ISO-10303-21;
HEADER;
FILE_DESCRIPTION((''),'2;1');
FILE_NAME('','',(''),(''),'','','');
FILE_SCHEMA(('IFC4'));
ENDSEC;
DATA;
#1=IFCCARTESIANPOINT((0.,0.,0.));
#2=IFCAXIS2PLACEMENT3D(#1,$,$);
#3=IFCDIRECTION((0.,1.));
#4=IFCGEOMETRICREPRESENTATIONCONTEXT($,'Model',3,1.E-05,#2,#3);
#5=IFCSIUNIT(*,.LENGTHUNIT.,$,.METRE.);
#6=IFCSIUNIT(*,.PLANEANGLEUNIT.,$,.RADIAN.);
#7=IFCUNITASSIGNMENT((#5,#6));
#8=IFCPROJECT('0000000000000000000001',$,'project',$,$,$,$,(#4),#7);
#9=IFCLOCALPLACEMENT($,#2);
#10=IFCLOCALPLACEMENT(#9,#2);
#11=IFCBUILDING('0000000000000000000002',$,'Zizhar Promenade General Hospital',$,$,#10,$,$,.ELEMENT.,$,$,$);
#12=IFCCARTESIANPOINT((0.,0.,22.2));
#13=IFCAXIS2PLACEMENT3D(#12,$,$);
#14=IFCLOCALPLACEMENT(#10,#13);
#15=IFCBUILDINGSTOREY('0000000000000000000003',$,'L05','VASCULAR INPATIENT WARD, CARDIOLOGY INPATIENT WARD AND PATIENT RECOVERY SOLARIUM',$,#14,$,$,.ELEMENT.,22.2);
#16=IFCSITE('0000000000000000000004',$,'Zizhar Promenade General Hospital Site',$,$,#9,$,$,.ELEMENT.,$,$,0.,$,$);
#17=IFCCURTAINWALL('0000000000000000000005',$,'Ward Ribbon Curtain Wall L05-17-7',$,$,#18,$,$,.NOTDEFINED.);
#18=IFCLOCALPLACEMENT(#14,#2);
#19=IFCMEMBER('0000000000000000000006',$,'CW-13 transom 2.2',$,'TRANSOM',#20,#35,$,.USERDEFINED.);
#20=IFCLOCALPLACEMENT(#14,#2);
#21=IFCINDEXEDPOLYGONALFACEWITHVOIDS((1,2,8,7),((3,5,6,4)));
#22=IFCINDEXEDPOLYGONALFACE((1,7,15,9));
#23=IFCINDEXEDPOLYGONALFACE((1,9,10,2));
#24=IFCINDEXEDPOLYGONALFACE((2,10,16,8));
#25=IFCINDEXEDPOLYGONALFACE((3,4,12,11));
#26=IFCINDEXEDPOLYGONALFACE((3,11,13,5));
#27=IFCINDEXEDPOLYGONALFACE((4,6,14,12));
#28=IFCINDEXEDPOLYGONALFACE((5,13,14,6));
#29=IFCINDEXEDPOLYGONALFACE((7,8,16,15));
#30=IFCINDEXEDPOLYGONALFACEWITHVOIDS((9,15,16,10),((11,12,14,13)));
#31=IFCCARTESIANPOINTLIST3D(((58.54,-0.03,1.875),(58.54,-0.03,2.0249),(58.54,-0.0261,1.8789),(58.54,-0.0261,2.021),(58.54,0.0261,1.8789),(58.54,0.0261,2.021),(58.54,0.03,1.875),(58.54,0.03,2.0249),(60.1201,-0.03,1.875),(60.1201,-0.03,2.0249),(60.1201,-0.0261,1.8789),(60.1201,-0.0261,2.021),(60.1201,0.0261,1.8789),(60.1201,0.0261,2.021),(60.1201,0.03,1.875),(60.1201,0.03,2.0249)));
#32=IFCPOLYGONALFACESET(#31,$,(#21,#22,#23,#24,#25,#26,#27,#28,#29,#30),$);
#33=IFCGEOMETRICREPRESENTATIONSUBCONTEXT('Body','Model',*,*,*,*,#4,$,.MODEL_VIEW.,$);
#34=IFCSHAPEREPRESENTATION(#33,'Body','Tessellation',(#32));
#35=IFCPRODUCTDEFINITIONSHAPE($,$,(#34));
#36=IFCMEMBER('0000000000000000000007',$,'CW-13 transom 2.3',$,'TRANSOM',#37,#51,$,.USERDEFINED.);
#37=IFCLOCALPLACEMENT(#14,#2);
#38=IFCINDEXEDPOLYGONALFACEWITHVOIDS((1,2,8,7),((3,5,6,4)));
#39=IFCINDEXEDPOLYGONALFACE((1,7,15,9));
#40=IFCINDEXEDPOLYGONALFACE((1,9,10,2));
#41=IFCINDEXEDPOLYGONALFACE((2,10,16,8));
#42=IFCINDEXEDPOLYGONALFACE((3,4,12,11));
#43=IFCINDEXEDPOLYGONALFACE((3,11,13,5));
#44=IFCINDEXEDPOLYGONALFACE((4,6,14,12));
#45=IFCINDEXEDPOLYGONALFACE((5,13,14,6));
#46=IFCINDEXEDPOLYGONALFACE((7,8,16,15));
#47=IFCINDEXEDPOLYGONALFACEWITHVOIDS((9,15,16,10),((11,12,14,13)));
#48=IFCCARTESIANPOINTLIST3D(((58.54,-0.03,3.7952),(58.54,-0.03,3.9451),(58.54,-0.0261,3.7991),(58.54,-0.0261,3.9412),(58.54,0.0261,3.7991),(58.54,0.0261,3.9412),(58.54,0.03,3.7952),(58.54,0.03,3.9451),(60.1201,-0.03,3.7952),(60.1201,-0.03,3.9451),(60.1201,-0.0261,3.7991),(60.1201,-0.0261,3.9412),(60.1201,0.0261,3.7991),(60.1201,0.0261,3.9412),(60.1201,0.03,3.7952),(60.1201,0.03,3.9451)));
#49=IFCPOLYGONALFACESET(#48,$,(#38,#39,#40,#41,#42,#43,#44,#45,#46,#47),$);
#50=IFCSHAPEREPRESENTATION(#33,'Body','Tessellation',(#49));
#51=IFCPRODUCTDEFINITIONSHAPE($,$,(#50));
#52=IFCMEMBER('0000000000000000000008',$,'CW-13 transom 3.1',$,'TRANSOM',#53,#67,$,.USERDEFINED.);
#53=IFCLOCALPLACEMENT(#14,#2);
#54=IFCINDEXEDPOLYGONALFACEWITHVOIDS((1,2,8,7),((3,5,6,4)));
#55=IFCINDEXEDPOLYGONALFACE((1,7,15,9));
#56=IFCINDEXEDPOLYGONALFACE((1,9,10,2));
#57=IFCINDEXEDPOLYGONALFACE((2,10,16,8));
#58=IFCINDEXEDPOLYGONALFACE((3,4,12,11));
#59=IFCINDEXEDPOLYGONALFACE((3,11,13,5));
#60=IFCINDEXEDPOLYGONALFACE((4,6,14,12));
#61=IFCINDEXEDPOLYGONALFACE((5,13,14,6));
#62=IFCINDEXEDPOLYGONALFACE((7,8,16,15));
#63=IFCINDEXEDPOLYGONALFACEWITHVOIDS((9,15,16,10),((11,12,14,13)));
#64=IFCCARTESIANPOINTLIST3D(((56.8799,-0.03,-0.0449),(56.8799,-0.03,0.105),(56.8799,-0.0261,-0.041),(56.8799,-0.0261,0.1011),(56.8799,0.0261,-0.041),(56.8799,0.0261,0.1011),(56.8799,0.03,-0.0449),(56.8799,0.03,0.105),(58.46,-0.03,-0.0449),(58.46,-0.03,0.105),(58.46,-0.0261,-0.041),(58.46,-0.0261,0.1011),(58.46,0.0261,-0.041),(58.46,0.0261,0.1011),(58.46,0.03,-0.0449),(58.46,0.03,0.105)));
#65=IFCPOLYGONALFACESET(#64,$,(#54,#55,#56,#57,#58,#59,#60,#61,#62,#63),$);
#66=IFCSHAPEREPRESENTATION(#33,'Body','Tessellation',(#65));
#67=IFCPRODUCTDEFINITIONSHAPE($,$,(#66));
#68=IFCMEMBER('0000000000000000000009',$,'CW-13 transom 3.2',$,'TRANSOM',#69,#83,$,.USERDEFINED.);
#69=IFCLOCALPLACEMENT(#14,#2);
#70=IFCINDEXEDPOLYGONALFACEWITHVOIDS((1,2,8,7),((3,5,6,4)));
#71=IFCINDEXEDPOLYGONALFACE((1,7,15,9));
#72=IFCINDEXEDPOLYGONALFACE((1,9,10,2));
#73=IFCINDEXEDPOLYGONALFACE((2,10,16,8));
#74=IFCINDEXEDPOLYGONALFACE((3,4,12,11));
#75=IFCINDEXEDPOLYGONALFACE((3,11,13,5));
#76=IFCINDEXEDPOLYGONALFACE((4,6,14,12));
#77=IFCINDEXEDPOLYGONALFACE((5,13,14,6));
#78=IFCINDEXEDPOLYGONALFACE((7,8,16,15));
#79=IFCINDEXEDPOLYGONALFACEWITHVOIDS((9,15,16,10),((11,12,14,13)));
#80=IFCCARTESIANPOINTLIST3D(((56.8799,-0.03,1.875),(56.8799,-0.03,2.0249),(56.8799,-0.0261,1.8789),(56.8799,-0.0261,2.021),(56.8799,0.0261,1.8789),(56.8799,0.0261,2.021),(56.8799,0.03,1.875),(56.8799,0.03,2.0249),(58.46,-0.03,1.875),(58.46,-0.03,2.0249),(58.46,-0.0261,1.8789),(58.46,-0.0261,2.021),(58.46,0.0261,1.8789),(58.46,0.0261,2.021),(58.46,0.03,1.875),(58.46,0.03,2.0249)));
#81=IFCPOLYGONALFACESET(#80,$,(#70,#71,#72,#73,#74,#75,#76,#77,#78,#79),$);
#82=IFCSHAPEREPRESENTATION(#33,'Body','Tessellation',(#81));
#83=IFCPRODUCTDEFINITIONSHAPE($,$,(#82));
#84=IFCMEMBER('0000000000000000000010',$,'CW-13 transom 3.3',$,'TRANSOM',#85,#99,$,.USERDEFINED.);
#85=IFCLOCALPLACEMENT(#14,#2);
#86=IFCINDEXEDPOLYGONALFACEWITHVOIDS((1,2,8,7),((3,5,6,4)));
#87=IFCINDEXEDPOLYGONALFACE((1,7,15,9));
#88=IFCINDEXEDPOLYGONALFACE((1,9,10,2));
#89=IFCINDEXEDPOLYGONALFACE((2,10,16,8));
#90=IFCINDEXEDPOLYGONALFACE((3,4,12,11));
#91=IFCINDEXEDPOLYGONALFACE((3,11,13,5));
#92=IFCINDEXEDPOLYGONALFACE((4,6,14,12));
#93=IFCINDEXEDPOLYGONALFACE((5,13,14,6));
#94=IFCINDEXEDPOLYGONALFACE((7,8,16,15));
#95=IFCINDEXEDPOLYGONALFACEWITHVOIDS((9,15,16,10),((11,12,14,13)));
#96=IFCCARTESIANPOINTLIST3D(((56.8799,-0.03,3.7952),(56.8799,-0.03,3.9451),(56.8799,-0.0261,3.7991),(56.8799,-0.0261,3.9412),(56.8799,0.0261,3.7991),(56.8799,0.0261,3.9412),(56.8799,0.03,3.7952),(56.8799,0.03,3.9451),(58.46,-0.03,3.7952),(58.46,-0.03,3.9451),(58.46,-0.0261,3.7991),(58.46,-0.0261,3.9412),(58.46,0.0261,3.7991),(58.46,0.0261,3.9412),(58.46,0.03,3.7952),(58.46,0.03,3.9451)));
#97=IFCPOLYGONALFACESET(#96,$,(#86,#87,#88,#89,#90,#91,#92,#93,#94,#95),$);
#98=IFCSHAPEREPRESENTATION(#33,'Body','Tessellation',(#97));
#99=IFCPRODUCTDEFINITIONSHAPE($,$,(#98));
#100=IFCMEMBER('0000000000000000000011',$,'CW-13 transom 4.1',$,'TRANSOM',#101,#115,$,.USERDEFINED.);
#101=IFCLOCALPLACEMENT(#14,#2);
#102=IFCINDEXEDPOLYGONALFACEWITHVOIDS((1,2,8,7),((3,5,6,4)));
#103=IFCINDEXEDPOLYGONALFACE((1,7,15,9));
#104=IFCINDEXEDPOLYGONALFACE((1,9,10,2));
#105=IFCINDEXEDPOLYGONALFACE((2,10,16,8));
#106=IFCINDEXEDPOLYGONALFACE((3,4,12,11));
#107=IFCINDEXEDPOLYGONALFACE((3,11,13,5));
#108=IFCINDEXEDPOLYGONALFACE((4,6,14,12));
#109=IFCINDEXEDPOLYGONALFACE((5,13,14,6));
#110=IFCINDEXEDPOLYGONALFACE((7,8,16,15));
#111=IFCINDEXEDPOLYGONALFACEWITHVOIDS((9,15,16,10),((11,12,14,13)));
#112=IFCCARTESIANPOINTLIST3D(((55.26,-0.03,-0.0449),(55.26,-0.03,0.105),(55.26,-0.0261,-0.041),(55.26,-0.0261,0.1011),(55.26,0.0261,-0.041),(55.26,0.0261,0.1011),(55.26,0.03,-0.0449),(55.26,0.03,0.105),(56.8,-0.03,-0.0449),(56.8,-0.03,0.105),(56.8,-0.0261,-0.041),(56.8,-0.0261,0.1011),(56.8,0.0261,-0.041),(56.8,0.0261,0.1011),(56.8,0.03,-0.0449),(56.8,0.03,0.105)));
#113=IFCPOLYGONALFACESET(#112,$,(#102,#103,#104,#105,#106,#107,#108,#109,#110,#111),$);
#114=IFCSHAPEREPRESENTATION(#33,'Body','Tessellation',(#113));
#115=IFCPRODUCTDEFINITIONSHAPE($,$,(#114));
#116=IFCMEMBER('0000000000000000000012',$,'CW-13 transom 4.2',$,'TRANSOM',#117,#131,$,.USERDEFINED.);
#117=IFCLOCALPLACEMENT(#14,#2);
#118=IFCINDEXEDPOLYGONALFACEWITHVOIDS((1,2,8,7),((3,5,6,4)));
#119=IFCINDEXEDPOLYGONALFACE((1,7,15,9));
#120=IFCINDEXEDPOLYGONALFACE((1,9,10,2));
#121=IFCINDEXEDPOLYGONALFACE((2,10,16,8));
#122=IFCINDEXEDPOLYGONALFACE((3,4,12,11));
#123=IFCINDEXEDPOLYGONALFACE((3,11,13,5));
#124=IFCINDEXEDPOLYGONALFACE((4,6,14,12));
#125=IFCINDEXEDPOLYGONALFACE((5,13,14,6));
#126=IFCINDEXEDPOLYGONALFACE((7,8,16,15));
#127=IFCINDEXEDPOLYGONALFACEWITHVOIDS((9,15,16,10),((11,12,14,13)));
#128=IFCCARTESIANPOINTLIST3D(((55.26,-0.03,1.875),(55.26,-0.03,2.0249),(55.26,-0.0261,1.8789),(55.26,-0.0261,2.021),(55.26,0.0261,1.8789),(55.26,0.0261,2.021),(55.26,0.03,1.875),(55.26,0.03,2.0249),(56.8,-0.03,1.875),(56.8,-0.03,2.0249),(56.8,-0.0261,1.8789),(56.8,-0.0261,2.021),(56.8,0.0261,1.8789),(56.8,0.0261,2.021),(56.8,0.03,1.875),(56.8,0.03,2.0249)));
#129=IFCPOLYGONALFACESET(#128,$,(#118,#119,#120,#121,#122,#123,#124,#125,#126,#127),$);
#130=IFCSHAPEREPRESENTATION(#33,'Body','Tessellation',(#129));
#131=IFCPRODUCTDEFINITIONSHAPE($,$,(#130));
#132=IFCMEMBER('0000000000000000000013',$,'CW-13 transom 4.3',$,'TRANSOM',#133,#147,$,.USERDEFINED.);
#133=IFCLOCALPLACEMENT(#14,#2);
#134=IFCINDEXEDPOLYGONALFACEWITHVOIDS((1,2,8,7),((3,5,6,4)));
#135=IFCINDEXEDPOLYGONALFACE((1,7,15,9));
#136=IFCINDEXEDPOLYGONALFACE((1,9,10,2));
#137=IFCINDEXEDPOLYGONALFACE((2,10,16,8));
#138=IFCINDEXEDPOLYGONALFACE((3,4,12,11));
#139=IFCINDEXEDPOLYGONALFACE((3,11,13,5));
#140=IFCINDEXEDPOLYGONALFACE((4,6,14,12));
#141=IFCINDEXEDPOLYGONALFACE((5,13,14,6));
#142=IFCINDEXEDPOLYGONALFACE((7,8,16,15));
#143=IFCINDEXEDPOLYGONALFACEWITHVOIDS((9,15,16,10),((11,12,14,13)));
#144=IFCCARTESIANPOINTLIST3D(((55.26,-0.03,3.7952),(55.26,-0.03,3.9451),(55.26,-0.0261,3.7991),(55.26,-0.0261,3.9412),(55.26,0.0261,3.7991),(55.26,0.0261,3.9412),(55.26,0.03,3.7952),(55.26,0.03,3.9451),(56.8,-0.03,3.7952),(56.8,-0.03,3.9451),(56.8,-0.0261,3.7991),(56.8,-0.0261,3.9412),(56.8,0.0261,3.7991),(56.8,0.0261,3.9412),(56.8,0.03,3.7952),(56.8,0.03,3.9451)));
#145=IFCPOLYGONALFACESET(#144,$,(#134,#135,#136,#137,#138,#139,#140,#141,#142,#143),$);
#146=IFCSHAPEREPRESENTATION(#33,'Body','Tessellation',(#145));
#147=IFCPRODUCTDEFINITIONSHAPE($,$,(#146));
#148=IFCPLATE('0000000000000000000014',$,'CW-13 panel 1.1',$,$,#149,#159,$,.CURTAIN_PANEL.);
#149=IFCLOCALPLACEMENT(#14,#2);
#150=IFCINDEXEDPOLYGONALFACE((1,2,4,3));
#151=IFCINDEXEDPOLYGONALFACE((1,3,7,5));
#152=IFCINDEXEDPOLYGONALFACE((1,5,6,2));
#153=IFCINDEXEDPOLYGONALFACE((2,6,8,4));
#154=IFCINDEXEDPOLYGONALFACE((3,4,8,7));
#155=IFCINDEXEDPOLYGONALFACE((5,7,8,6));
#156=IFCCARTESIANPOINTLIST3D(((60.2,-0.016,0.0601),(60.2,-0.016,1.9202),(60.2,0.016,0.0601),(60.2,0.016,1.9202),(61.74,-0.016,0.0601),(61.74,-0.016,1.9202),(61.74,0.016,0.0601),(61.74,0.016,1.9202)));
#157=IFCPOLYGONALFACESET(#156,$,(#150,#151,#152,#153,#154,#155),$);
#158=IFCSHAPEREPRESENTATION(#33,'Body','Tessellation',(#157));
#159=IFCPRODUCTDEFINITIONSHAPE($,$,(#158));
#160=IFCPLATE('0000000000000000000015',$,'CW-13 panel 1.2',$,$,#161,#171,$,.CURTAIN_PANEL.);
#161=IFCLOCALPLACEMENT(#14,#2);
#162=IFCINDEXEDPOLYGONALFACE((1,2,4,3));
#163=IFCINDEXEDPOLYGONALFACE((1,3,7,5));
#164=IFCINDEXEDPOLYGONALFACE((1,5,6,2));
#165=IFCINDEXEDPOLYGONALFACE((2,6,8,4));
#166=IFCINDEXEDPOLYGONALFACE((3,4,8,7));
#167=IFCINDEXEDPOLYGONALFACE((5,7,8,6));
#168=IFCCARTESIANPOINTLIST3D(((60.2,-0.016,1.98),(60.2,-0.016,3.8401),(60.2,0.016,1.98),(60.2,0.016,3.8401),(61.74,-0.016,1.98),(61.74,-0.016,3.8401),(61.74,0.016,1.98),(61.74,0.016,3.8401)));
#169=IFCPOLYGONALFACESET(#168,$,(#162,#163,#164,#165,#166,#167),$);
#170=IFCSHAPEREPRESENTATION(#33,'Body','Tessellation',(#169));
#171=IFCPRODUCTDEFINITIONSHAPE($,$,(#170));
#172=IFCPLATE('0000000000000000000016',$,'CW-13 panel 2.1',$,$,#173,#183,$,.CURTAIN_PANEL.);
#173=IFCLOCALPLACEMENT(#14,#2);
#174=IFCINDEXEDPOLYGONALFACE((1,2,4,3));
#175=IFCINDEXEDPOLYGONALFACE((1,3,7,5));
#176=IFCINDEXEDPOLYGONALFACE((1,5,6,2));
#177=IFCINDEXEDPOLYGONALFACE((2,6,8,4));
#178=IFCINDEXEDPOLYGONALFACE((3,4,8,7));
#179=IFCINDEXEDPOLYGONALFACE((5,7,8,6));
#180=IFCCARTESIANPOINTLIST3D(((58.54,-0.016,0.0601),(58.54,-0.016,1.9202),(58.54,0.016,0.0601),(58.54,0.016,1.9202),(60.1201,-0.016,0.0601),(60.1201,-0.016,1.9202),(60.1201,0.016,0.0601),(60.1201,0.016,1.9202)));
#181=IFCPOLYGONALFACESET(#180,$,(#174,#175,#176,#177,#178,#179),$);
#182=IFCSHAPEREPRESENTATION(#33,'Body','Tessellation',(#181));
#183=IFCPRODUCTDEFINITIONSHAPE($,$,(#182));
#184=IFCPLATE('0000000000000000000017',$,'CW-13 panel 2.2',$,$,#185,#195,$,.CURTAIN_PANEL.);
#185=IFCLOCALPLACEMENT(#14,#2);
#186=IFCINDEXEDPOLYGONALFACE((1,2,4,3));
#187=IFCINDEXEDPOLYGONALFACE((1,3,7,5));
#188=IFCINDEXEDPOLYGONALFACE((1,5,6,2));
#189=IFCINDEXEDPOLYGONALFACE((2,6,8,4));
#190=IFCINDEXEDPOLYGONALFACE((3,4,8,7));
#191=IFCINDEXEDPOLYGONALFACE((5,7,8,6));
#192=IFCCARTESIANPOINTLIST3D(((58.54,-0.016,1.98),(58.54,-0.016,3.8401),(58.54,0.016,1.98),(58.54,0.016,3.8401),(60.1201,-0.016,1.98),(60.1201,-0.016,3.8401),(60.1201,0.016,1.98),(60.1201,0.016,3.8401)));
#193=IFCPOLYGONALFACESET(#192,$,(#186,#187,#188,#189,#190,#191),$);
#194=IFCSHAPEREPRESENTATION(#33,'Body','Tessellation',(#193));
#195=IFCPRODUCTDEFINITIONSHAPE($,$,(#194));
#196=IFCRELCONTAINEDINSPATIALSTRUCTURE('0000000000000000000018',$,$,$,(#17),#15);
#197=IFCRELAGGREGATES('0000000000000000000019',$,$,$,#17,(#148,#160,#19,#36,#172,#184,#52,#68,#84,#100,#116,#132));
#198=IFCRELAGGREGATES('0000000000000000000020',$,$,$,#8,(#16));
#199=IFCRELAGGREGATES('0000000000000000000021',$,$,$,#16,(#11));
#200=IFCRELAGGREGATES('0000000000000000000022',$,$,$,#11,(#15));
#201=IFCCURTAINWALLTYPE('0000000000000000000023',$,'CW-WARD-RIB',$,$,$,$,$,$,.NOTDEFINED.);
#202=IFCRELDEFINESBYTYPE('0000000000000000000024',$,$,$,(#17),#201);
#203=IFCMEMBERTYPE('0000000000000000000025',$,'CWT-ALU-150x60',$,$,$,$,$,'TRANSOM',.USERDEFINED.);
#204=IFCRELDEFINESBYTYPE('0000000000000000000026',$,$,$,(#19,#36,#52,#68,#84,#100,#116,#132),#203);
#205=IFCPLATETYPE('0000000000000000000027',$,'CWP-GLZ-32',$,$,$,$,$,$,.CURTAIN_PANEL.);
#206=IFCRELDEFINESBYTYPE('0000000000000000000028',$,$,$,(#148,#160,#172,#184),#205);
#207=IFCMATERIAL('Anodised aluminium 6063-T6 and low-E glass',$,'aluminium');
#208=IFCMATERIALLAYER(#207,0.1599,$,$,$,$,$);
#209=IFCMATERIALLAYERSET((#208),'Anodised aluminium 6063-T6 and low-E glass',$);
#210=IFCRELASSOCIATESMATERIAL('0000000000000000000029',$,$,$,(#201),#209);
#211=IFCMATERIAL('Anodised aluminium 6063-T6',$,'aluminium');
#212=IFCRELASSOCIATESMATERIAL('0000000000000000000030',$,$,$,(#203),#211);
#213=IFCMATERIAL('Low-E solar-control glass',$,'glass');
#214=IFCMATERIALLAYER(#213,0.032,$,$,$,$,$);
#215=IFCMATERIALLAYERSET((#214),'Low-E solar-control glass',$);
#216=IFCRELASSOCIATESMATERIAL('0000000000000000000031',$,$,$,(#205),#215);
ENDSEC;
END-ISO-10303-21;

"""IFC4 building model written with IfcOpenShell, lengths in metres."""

from ifc_helpers import new_model, si_unit, direction, frame, origin, origin_2d, place, context, subcontext, project, spatial, rectangle, hollow_rectangle, extrude, material, layer, layer_set, material_profile, profile_set, type_object, element, aggregate, save


model = new_model("IFC4")

# Units and contexts
model_context = context("Model", 3, precision=1e-05, world=origin(), true_north=direction((0.0, 1.0)))
body_context = subcontext(model_context, "Body", "Model", "MODEL_VIEW")
ifc_project = project(units=[si_unit("LENGTHUNIT", "METRE"), si_unit("PLANEANGLEUNIT", "RADIAN")], contexts=[model_context])

# Site, building, storey
site_placement = place(None, origin())
site = spatial("IfcSite", under=ifc_project, at=site_placement, Name="Zizhar Promenade General Hospital Site", CompositionType="ELEMENT", RefElevation=0.0)
building_placement = place(site_placement, origin())
building = spatial("IfcBuilding", under=site, at=building_placement, Name="Zizhar Promenade General Hospital", CompositionType="ELEMENT")
storey_placement = place(building_placement, frame((0.0, 0.0, 22.2)))
storey = spatial("IfcBuildingStorey", under=building, at=storey_placement, Name="L05", Description="VASCULAR INPATIENT WARD, CARDIOLOGY INPATIENT WARD AND PATIENT RECOVERY SOLARIUM", CompositionType="ELEMENT", Elevation=22.2)

# Curtain wall, members, plates
ifc_material_1 = material(Name="Anodised aluminium 6063-T6 and low-E glass", Category="aluminium")
ifc_layer_1 = layer(ifc_material_1, 0.1599)
ifc_layer_set_1 = layer_set([ifc_layer_1], Name="Anodised aluminium 6063-T6 and low-E glass")
curtain_wall_type = type_object("IfcCurtainWallType", Name="CW-WARD-RIB", PredefinedType="NOTDEFINED", material=ifc_layer_set_1)
curtain_wall_placement = place(storey_placement, origin())
curtain_wall = element("IfcCurtainWall", 1, at=curtain_wall_placement, inside=storey, type_object=curtain_wall_type, Name="Ward Ribbon Curtain Wall L05-17-7", PredefinedType="NOTDEFINED")
ifc_material_2 = material(Name="Anodised aluminium 6063-T6", Category="aluminium")
ifc_material_profile_1 = material_profile(ifc_material_2, hollow_rectangle(XDim=0.0601, YDim=0.1499, WallThickness=0.0039, at=origin_2d()))
ifc_profile_set_1 = profile_set([ifc_material_profile_1], Name="Anodised aluminium 6063-T6")
member_type_1 = type_object("IfcMemberType", Name="CWT-ALU-150x60", ElementType="TRANSOM", PredefinedType="USERDEFINED", material=ifc_profile_set_1)
member_1_placement = place(storey_placement, frame((60.1201, 0.0, 1.95), z_axis=(-1.0, 0.0, 0.0), x_axis=(0.0, -1.0, 0.0)))
member_1 = element("IfcMember", 2, at=member_1_placement, type_object=member_type_1, Name="CW-13 transom 2.2", ObjectType="TRANSOM", PredefinedType="USERDEFINED", context=body_context, shape_type="SweptSolid", body=[
    extrude(hollow_rectangle(XDim=0.0601, YDim=0.1499, WallThickness=0.0039, at=origin_2d()), origin(), (0.0, 0.0, 1.0), 1.5801),
])
member_2_placement = place(storey_placement, frame((60.1201, 0.0, 3.8701), z_axis=(-1.0, 0.0, 0.0), x_axis=(0.0, -1.0, 0.0)))
member_2 = element("IfcMember", 3, at=member_2_placement, type_object=member_type_1, Name="CW-13 transom 2.3", ObjectType="TRANSOM", PredefinedType="USERDEFINED", context=body_context, shape_type="SweptSolid", body=[
    extrude(hollow_rectangle(XDim=0.0601, YDim=0.1499, WallThickness=0.0039, at=origin_2d()), origin(), (0.0, 0.0, 1.0), 1.5801),
])
member_3_placement = place(storey_placement, frame((58.46, 0.0, 0.03), z_axis=(-1.0, 0.0, 0.0), x_axis=(0.0, -1.0, 0.0)))
member_3 = element("IfcMember", 4, at=member_3_placement, type_object=member_type_1, Name="CW-13 transom 3.1", ObjectType="TRANSOM", PredefinedType="USERDEFINED", context=body_context, shape_type="SweptSolid", body=[
    extrude(hollow_rectangle(XDim=0.0601, YDim=0.1499, WallThickness=0.0039, at=origin_2d()), origin(), (0.0, 0.0, 1.0), 1.5801),
])
member_4_placement = place(storey_placement, frame((58.46, 0.0, 1.95), z_axis=(-1.0, 0.0, 0.0), x_axis=(0.0, -1.0, 0.0)))
member_4 = element("IfcMember", 5, at=member_4_placement, type_object=member_type_1, Name="CW-13 transom 3.2", ObjectType="TRANSOM", PredefinedType="USERDEFINED", context=body_context, shape_type="SweptSolid", body=[
    extrude(hollow_rectangle(XDim=0.0601, YDim=0.1499, WallThickness=0.0039, at=origin_2d()), origin(), (0.0, 0.0, 1.0), 1.5801),
])
member_5_placement = place(storey_placement, frame((58.46, 0.0, 3.8701), z_axis=(-1.0, 0.0, 0.0), x_axis=(0.0, -1.0, 0.0)))
member_5 = element("IfcMember", 6, at=member_5_placement, type_object=member_type_1, Name="CW-13 transom 3.3", ObjectType="TRANSOM", PredefinedType="USERDEFINED", context=body_context, shape_type="SweptSolid", body=[
    extrude(hollow_rectangle(XDim=0.0601, YDim=0.1499, WallThickness=0.0039, at=origin_2d()), origin(), (0.0, 0.0, 1.0), 1.5801),
])
member_6_placement = place(storey_placement, frame((56.8, 0.0, 0.03), z_axis=(-1.0, 0.0, 0.0), x_axis=(0.0, -1.0, 0.0)))
member_6 = element("IfcMember", 7, at=member_6_placement, type_object=member_type_1, Name="CW-13 transom 4.1", ObjectType="TRANSOM", PredefinedType="USERDEFINED", context=body_context, shape_type="SweptSolid", body=[
    extrude(hollow_rectangle(XDim=0.0601, YDim=0.1499, WallThickness=0.0039, at=origin_2d()), origin(), (0.0, 0.0, 1.0), 1.54),
])
member_7_placement = place(storey_placement, frame((56.8, 0.0, 1.95), z_axis=(-1.0, 0.0, 0.0), x_axis=(0.0, -1.0, 0.0)))
member_7 = element("IfcMember", 8, at=member_7_placement, type_object=member_type_1, Name="CW-13 transom 4.2", ObjectType="TRANSOM", PredefinedType="USERDEFINED", context=body_context, shape_type="SweptSolid", body=[
    extrude(hollow_rectangle(XDim=0.0601, YDim=0.1499, WallThickness=0.0039, at=origin_2d()), origin(), (0.0, 0.0, 1.0), 1.54),
])
member_8_placement = place(storey_placement, frame((56.8, 0.0, 3.8701), z_axis=(-1.0, 0.0, 0.0), x_axis=(0.0, -1.0, 0.0)))
member_8 = element("IfcMember", 9, at=member_8_placement, type_object=member_type_1, Name="CW-13 transom 4.3", ObjectType="TRANSOM", PredefinedType="USERDEFINED", context=body_context, shape_type="SweptSolid", body=[
    extrude(hollow_rectangle(XDim=0.0601, YDim=0.1499, WallThickness=0.0039, at=origin_2d()), origin(), (0.0, 0.0, 1.0), 1.54),
])
ifc_material_3 = material(Name="Low-E solar-control glass", Category="glass")
ifc_layer_2 = layer(ifc_material_3, 0.032)
ifc_layer_set_2 = layer_set([ifc_layer_2], Name="Low-E solar-control glass")
plate_type = type_object("IfcPlateType", Name="CWP-GLZ-32", PredefinedType="CURTAIN_PANEL", material=ifc_layer_set_2)
plate_1_placement = place(storey_placement, frame((60.97, 0.0, 0.0601), z_axis=(0.0, 0.0, 1.0), x_axis=(-1.0, 0.0, 0.0)))
plate_1 = element("IfcPlate", 10, at=plate_1_placement, type_object=plate_type, Name="CW-13 panel 1.1", PredefinedType="CURTAIN_PANEL", context=body_context, shape_type="SweptSolid", body=[
    extrude(rectangle(XDim=1.54, YDim=0.032, at=origin_2d()), origin(), (0.0, 0.0, 1.0), 1.8601),
])
plate_2_placement = place(storey_placement, frame((60.97, 0.0, 1.98), z_axis=(0.0, 0.0, 1.0), x_axis=(-1.0, 0.0, 0.0)))
plate_2 = element("IfcPlate", 11, at=plate_2_placement, type_object=plate_type, Name="CW-13 panel 1.2", PredefinedType="CURTAIN_PANEL", context=body_context, shape_type="SweptSolid", body=[
    extrude(rectangle(XDim=1.54, YDim=0.032, at=origin_2d()), origin(), (0.0, 0.0, 1.0), 1.8601),
])
plate_3_placement = place(storey_placement, frame((59.3301, 0.0, 0.0601), z_axis=(0.0, 0.0, 1.0), x_axis=(-1.0, 0.0, 0.0)))
plate_3 = element("IfcPlate", 12, at=plate_3_placement, type_object=plate_type, Name="CW-13 panel 2.1", PredefinedType="CURTAIN_PANEL", context=body_context, shape_type="SweptSolid", body=[
    extrude(rectangle(XDim=1.5801, YDim=0.032, at=origin_2d()), origin(), (0.0, 0.0, 1.0), 1.8601),
])
plate_4_placement = place(storey_placement, frame((59.3301, 0.0, 1.98), z_axis=(0.0, 0.0, 1.0), x_axis=(-1.0, 0.0, 0.0)))
plate_4 = element("IfcPlate", 13, at=plate_4_placement, type_object=plate_type, Name="CW-13 panel 2.2", PredefinedType="CURTAIN_PANEL", context=body_context, shape_type="SweptSolid", body=[
    extrude(rectangle(XDim=1.5801, YDim=0.032, at=origin_2d()), origin(), (0.0, 0.0, 1.0), 1.8601),
])
aggregate(curtain_wall, [plate_1, plate_2, member_1, member_2, plate_3, plate_4, member_3, member_4, member_5, member_6, member_7, member_8])

save(model, "model.ifc")
